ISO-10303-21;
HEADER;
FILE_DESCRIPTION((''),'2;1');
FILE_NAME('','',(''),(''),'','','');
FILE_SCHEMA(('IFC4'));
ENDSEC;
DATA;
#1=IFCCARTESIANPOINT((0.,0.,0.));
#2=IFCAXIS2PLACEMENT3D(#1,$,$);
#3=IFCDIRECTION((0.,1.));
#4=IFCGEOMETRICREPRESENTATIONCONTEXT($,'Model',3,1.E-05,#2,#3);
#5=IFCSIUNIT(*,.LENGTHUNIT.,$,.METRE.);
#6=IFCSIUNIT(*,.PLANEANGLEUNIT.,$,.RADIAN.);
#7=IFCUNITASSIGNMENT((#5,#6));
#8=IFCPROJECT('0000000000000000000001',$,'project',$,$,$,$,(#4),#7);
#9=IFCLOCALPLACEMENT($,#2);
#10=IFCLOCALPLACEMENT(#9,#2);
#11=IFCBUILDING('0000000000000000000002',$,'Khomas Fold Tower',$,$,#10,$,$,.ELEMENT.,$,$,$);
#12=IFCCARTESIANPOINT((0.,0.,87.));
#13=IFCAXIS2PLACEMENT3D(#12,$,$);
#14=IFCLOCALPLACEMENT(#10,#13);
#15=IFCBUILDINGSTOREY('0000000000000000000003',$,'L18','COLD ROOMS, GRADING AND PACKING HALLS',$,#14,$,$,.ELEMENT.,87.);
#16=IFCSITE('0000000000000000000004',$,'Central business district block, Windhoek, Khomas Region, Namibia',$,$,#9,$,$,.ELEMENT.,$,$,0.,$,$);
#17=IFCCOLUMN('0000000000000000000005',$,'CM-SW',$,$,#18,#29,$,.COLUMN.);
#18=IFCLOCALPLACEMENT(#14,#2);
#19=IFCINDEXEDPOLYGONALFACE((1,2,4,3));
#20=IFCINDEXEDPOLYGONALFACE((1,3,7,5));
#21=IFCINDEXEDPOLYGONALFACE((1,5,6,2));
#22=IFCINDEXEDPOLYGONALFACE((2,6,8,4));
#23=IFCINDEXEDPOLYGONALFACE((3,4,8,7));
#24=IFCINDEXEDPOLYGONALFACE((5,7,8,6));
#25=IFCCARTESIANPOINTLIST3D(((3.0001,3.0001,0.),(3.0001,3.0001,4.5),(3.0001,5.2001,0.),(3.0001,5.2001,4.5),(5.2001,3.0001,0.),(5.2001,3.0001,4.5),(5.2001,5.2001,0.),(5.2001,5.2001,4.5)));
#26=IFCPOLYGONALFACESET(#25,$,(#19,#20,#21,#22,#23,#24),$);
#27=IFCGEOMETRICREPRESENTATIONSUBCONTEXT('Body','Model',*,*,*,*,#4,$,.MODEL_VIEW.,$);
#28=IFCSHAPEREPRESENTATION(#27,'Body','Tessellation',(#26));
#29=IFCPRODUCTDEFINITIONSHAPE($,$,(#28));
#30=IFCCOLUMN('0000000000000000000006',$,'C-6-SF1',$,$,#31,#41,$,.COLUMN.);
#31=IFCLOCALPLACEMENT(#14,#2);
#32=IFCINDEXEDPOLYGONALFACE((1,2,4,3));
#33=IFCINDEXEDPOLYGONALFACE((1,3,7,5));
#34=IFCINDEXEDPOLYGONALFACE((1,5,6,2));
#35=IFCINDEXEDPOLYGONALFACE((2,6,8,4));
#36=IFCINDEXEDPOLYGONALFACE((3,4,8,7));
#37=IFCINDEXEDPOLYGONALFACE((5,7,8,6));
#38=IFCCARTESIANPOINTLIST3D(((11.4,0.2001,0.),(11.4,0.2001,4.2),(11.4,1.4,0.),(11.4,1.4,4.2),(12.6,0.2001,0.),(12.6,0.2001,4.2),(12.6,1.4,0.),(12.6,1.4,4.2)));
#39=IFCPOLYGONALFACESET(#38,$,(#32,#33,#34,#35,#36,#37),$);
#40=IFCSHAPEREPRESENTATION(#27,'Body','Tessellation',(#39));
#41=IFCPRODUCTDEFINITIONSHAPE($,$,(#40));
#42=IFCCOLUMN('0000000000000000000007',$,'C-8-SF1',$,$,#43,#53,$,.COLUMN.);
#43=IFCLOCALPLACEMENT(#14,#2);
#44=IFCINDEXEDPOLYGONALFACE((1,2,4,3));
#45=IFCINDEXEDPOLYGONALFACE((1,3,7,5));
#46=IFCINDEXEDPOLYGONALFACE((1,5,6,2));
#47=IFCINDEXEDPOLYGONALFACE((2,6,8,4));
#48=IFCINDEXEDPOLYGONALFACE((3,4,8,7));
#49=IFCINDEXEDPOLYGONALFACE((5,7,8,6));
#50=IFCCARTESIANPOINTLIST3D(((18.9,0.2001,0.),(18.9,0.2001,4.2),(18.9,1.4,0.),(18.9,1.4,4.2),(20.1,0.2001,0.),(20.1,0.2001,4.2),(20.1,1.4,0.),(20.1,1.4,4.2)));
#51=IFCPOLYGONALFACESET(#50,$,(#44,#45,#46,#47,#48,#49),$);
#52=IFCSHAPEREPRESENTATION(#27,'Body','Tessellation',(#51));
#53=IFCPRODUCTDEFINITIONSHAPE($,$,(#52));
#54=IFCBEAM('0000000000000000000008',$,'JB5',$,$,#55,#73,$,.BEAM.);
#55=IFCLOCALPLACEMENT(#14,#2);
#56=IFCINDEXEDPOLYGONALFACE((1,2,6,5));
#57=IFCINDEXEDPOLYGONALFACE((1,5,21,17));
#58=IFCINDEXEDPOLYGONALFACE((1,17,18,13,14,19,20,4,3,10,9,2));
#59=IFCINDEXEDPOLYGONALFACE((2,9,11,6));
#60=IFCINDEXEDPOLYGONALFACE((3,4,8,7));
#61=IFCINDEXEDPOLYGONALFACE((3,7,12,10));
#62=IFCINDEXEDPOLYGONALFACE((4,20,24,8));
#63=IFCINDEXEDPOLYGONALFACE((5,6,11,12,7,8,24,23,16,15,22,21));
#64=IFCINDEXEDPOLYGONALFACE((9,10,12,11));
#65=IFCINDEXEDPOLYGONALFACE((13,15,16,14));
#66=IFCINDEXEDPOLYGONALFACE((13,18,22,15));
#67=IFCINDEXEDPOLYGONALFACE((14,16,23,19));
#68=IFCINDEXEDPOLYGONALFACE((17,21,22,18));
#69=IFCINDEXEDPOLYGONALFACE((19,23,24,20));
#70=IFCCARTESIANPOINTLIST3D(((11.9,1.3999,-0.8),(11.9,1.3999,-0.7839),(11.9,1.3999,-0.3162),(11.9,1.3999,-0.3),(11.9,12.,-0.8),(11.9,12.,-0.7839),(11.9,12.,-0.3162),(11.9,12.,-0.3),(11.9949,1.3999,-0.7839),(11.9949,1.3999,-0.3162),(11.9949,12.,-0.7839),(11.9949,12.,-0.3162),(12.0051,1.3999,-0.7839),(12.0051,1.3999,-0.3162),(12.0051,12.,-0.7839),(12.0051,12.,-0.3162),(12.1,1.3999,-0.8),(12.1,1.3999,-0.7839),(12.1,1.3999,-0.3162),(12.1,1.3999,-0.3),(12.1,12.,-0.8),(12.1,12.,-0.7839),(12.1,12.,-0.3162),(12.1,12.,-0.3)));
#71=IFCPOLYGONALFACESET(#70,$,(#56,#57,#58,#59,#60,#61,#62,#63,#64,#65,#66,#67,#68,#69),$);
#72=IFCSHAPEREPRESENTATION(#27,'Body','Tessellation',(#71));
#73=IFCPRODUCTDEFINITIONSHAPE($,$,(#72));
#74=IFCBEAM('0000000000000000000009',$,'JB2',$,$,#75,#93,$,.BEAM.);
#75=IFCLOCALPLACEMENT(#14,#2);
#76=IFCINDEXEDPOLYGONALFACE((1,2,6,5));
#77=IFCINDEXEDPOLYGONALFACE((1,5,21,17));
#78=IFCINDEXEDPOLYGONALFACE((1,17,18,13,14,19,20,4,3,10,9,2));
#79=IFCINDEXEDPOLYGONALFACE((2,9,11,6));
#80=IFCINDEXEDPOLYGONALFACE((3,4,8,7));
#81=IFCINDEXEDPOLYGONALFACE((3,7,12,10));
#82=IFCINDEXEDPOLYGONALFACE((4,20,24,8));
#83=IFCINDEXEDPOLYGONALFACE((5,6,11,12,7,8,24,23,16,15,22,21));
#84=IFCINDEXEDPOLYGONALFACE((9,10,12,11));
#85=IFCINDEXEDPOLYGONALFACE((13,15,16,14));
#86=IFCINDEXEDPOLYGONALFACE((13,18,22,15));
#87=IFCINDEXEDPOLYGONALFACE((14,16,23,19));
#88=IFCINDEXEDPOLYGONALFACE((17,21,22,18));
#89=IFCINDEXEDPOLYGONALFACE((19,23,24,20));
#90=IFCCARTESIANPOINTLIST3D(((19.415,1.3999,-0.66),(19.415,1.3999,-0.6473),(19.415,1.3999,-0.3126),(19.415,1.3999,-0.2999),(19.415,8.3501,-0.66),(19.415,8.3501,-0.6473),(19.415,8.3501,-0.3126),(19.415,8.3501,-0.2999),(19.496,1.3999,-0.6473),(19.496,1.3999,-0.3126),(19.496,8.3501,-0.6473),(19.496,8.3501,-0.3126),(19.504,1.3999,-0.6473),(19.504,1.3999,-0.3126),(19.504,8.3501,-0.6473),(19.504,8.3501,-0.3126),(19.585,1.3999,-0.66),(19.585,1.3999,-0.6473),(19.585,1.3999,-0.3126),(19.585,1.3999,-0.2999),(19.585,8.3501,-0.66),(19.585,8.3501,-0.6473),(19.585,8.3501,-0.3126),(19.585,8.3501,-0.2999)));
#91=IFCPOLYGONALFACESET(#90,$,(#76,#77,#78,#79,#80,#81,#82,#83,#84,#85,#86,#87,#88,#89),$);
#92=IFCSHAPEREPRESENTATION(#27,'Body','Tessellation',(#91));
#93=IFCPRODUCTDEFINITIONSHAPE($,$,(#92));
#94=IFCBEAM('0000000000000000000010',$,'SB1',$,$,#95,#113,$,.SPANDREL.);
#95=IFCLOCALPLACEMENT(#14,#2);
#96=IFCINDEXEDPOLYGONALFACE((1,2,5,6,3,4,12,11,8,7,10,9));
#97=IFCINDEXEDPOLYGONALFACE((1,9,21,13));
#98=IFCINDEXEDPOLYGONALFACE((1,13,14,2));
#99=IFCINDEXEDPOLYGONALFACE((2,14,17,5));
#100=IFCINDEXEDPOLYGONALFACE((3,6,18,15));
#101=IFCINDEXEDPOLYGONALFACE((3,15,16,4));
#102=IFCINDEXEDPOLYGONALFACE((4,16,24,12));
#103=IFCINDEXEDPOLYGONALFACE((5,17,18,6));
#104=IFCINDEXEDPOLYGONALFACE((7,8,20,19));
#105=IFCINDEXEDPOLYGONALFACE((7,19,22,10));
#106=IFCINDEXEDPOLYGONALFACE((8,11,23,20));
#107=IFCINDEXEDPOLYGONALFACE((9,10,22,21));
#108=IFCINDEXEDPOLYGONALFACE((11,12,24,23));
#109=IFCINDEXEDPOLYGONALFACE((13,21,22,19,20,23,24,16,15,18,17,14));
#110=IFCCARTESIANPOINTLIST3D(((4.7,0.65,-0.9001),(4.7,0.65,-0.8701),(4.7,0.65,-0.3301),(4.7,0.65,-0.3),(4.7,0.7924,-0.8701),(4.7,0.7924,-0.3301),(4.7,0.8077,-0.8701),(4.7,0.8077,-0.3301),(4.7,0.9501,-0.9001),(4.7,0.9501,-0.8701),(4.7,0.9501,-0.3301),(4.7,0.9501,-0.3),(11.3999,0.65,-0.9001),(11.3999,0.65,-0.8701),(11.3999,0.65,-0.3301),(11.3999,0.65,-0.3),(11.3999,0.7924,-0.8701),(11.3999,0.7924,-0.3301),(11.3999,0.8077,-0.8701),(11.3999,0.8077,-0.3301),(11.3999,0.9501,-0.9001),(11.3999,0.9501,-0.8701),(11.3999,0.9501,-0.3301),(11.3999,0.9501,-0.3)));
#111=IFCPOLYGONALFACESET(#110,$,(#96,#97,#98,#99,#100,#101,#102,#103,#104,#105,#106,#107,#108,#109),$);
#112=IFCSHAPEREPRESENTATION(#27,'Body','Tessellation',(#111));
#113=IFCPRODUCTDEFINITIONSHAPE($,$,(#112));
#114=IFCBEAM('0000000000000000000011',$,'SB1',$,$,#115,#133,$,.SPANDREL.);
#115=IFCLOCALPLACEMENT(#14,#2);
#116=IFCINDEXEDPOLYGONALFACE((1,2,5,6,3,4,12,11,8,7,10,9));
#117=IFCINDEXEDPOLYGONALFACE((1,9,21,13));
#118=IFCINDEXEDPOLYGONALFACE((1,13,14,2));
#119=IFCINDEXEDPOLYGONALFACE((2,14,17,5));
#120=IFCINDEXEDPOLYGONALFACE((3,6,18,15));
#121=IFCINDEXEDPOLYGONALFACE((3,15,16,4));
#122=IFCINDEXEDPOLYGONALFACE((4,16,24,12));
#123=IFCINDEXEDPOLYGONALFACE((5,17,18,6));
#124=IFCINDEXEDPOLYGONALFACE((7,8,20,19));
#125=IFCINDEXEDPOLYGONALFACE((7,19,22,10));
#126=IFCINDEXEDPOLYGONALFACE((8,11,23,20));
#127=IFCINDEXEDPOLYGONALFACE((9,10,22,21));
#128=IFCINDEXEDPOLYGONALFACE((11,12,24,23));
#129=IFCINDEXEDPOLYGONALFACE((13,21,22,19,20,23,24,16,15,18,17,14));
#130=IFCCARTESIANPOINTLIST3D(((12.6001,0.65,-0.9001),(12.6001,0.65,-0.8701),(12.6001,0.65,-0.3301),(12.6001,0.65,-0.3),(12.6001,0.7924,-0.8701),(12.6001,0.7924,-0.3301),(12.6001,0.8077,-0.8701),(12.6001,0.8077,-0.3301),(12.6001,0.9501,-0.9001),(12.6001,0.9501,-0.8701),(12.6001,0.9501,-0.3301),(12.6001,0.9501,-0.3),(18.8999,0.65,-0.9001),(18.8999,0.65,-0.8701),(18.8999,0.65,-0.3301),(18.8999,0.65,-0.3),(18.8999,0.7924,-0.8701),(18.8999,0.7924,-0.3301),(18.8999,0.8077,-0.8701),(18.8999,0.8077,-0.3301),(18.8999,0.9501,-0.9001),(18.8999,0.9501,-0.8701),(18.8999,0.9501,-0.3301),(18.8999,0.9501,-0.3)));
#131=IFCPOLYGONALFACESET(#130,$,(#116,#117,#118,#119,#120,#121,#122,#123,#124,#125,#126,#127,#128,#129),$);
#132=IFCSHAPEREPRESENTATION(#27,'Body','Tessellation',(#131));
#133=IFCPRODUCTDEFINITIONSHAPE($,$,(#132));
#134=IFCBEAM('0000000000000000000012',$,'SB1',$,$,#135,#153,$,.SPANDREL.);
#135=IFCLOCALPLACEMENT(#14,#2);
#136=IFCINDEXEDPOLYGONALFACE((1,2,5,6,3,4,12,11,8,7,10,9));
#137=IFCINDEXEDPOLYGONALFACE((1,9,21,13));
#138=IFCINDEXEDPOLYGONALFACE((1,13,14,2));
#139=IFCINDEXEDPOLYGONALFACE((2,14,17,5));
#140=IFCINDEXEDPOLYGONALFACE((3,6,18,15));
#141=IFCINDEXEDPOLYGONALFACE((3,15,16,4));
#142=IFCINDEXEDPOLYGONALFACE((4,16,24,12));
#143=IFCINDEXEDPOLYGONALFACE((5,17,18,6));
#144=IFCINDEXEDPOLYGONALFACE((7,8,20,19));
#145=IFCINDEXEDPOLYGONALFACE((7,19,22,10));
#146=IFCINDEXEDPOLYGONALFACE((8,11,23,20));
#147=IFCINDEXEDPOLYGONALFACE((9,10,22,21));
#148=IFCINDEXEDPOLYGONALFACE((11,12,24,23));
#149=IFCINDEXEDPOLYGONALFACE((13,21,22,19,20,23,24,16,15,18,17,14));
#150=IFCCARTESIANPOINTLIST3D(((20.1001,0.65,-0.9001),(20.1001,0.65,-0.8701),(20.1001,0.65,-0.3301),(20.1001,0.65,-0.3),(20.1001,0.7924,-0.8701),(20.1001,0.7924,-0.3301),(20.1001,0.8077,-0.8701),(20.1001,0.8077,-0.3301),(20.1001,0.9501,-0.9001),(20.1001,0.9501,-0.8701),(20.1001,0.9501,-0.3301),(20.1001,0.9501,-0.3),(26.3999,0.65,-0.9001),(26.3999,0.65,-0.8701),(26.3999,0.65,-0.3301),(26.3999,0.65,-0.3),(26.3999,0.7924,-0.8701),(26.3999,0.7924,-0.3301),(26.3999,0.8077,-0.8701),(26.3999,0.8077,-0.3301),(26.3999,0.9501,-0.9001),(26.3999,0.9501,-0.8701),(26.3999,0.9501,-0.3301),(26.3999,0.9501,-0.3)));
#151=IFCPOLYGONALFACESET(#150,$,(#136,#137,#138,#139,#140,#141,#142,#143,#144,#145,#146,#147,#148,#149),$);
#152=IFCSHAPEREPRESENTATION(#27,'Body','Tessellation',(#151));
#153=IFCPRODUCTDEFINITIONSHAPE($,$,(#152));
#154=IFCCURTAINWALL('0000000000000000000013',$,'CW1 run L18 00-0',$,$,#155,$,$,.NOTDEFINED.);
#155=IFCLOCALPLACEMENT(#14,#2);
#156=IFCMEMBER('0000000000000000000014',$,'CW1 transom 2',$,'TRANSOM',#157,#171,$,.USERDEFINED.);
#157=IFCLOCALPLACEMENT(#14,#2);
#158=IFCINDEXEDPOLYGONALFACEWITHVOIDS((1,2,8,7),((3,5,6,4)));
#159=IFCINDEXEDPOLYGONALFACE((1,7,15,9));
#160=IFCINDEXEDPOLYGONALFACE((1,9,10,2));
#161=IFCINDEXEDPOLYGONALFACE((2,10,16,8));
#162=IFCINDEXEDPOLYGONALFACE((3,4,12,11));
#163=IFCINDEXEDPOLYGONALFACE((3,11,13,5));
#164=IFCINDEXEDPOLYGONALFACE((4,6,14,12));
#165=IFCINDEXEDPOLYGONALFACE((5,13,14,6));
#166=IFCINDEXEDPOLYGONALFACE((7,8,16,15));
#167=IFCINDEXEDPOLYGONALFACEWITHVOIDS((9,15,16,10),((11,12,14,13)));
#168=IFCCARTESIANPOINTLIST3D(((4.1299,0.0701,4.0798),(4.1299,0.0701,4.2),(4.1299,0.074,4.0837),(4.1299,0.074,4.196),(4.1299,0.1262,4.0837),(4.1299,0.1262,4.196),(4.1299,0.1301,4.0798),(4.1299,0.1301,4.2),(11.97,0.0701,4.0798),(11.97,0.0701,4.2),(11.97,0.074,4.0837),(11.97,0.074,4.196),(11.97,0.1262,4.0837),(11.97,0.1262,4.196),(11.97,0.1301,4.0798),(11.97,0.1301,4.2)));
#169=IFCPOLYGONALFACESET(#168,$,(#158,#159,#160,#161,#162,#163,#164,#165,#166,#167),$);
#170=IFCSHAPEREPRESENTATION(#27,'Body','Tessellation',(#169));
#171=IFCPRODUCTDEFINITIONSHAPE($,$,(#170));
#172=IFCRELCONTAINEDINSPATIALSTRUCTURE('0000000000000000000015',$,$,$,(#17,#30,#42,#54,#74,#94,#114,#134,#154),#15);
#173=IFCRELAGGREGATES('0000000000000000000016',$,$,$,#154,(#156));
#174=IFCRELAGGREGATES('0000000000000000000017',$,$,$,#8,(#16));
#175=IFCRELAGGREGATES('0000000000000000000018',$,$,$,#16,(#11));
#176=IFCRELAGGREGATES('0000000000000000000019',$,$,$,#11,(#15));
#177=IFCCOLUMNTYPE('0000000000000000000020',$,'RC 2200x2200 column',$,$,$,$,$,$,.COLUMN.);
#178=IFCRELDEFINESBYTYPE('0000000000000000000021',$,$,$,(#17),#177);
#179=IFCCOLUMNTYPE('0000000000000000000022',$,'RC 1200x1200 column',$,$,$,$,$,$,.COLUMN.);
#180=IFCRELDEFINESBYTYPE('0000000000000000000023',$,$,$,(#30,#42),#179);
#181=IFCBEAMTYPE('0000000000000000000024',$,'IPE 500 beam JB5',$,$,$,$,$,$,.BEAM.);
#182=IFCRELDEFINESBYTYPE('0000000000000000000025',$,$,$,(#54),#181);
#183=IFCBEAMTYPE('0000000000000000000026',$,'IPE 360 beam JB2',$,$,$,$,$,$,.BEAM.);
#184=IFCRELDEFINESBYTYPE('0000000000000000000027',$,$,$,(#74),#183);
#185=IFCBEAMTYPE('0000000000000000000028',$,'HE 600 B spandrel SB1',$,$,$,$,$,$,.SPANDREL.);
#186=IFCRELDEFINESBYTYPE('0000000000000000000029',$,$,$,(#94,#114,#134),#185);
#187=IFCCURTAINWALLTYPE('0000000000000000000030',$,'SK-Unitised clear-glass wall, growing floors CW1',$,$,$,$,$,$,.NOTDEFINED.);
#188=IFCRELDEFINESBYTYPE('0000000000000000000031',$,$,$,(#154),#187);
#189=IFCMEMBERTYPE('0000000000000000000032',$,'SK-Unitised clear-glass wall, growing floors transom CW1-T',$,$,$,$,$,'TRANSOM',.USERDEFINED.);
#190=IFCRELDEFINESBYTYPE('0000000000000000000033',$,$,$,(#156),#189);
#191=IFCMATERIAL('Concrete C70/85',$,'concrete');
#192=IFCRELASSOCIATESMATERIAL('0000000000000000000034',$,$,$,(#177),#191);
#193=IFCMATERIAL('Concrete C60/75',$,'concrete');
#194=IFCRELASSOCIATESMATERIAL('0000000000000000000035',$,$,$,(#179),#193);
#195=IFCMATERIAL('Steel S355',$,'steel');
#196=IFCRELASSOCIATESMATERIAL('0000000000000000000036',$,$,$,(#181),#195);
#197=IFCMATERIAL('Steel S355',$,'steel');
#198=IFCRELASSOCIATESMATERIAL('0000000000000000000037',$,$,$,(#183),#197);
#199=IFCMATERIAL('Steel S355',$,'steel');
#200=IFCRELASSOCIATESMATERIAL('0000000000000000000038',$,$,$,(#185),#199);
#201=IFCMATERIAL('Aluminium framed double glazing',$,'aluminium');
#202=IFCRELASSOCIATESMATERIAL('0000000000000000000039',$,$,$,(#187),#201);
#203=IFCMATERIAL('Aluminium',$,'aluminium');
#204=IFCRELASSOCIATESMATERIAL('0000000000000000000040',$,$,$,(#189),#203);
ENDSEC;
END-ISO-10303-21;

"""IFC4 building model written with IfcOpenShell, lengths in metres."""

from ifc_helpers import new_model, si_unit, direction, frame, origin, origin_2d, place, context, subcontext, project, spatial, rectangle, hollow_rectangle, i_section, extrude, source, transform, mapped, material, material_profile, profile_set, type_object, element, aggregate, save


model = new_model("IFC4")

# Units and contexts
model_context = context("Model", 3, precision=1e-05, world=origin(), true_north=direction((0.0, 1.0)))
body_context = subcontext(model_context, "Body", "Model", "MODEL_VIEW")
ifc_project = project(units=[si_unit("LENGTHUNIT", "METRE"), si_unit("PLANEANGLEUNIT", "RADIAN")], contexts=[model_context])

# Site, building, storey
site_placement = place(None, origin())
site = spatial("IfcSite", under=ifc_project, at=site_placement, Name="Central business district block, Windhoek, Khomas Region, Namibia", CompositionType="ELEMENT", RefElevation=0.0)
building_placement = place(site_placement, origin())
building = spatial("IfcBuilding", under=site, at=building_placement, Name="Khomas Fold Tower", CompositionType="ELEMENT")
storey_placement = place(building_placement, frame((0.0, 0.0, 87.0)))
storey = spatial("IfcBuildingStorey", under=building, at=storey_placement, Name="L18", Description="COLD ROOMS, GRADING AND PACKING HALLS", CompositionType="ELEMENT", Elevation=87.0)

# Columns
ifc_material_1 = material(Name="Concrete C70/85", Category="concrete")
ifc_material_profile_1 = material_profile(ifc_material_1, rectangle(XDim=2.2, YDim=2.2, at=origin_2d()), Name="RC 2200x2200")
ifc_profile_set_1 = profile_set([ifc_material_profile_1], Name="Concrete C70/85")
column_type_1 = type_object("IfcColumnType", Name="RC 2200x2200 column", PredefinedType="COLUMN", material=ifc_profile_set_1)
shared_shape_1 = source(origin(), body_context, "Body", "SweptSolid", [
    extrude(rectangle(XDim=2.2, YDim=2.2, at=origin_2d()), origin(), (0.0, 0.0, 1.0), 4.5),
])
column_placement = place(storey_placement, frame((4.1001, 4.1001, 0.0), z_axis=(0.0, 0.0, 1.0), x_axis=(1.0, 0.0, 0.0)))
element("IfcColumn", 1, at=column_placement, inside=storey, type_object=column_type_1, Name="CM-SW", PredefinedType="COLUMN", context=body_context, shape_type="MappedRepresentation", body=[
    mapped(shared_shape_1, transform((0.0, 0.0, 0.0))),
])
ifc_material_2 = material(Name="Concrete C60/75", Category="concrete")
ifc_material_profile_2 = material_profile(ifc_material_2, rectangle(XDim=1.2, YDim=1.2, at=origin_2d()), Name="RC 1200x1200")
ifc_profile_set_2 = profile_set([ifc_material_profile_2], Name="Concrete C60/75")
column_type_2 = type_object("IfcColumnType", Name="RC 1200x1200 column", PredefinedType="COLUMN", material=ifc_profile_set_2)
shared_shape_2 = source(origin(), body_context, "Body", "SweptSolid", [
    extrude(rectangle(XDim=1.2, YDim=1.2, at=origin_2d()), origin(), (0.0, 0.0, 1.0), 4.2),
])
for number, where, z_axis, x_axis, name in (
    (2, (12.0, 0.8, 0.0), (0.0, 0.0, 1.0), (1.0, 0.0, 0.0), "C-6-SF1"),
    (3, (19.5, 0.8, 0.0), (0.0, 0.0, 1.0), (1.0, 0.0, 0.0), "C-8-SF1"),
):
    element("IfcColumn", number, at=place(storey_placement, frame(where, z_axis=z_axis, x_axis=x_axis)), inside=storey, type_object=column_type_2, Name=name, PredefinedType="COLUMN", context=body_context, shape_type="MappedRepresentation", body=[
        mapped(shared_shape_2, transform((0.0, 0.0, 0.0))),
    ])

# Beams
ifc_material_3 = material(Name="Steel S355", Category="steel")
ifc_material_profile_3 = material_profile(ifc_material_3, i_section(OverallWidth=0.2, OverallDepth=0.5, WebThickness=0.0103, FlangeThickness=0.0161, at=origin_2d()), Name="IPE 500")
ifc_profile_set_3 = profile_set([ifc_material_profile_3], Name="Steel S355")
beam_type_1 = type_object("IfcBeamType", Name="IPE 500 beam JB5", PredefinedType="BEAM", material=ifc_profile_set_3)
shared_shape_3 = source(origin(), body_context, "Body", "SweptSolid", [
    extrude(i_section(OverallWidth=0.2, OverallDepth=0.5, WebThickness=0.0103, FlangeThickness=0.0161, at=origin_2d()), origin(), (0.0, 0.0, 1.0), 10.6001),
])
beam_1_placement = place(storey_placement, frame((12.0, 1.3999, -0.55), z_axis=(0.0, 1.0, 0.0), x_axis=(-1.0, 0.0, 0.0)))
element("IfcBeam", 4, at=beam_1_placement, inside=storey, type_object=beam_type_1, Name="JB5", PredefinedType="BEAM", context=body_context, shape_type="MappedRepresentation", body=[
    mapped(shared_shape_3, transform((0.0, 0.0, 0.0))),
])
ifc_material_4 = material(Name="Steel S355", Category="steel")
ifc_material_profile_4 = material_profile(ifc_material_4, i_section(OverallWidth=0.1699, OverallDepth=0.3601, WebThickness=0.0081, FlangeThickness=0.0127, at=origin_2d()), Name="IPE 360")
ifc_profile_set_4 = profile_set([ifc_material_profile_4], Name="Steel S355")
beam_type_2 = type_object("IfcBeamType", Name="IPE 360 beam JB2", PredefinedType="BEAM", material=ifc_profile_set_4)
shared_shape_4 = source(origin(), body_context, "Body", "SweptSolid", [
    extrude(i_section(OverallWidth=0.1699, OverallDepth=0.3601, WebThickness=0.0081, FlangeThickness=0.0127, at=origin_2d()), origin(), (0.0, 0.0, 1.0), 6.9502),
])
beam_2_placement = place(storey_placement, frame((19.5, 1.3999, -0.48), z_axis=(0.0, 1.0, 0.0), x_axis=(-1.0, 0.0, 0.0)))
element("IfcBeam", 5, at=beam_2_placement, inside=storey, type_object=beam_type_2, Name="JB2", PredefinedType="BEAM", context=body_context, shape_type="MappedRepresentation", body=[
    mapped(shared_shape_4, transform((0.0, 0.0, 0.0))),
])
ifc_material_5 = material(Name="Steel S355", Category="steel")
ifc_material_profile_5 = material_profile(ifc_material_5, i_section(OverallWidth=0.3, OverallDepth=0.6001, WebThickness=0.0154, FlangeThickness=0.03, at=origin_2d()), Name="HE 600 B")
ifc_profile_set_5 = profile_set([ifc_material_profile_5], Name="Steel S355")
beam_type_3 = type_object("IfcBeamType", Name="HE 600 B spandrel SB1", PredefinedType="SPANDREL", material=ifc_profile_set_5)
shared_shape_5 = source(origin(), body_context, "Body", "SweptSolid", [
    extrude(i_section(OverallWidth=0.3, OverallDepth=0.6001, WebThickness=0.0154, FlangeThickness=0.03, at=origin_2d()), origin(), (0.0, 0.0, 1.0), 6.7),
])
beam_3_placement = place(storey_placement, frame((4.7, 0.8, -0.6001), z_axis=(1.0, 0.0, 0.0), x_axis=(0.0, 1.0, 0.0)))
element("IfcBeam", 6, at=beam_3_placement, inside=storey, type_object=beam_type_3, Name="SB1", PredefinedType="SPANDREL", context=body_context, shape_type="MappedRepresentation", body=[
    mapped(shared_shape_5, transform((0.0, 0.0, 0.0))),
])
shared_shape_6 = source(origin(), body_context, "Body", "SweptSolid", [
    extrude(i_section(OverallWidth=0.3, OverallDepth=0.6001, WebThickness=0.0154, FlangeThickness=0.03, at=origin_2d()), origin(), (0.0, 0.0, 1.0), 6.2998),
])
for number, where, z_axis, x_axis, name in (
    (7, (12.6001, 0.8, -0.6001), (1.0, 0.0, 0.0), (0.0, 1.0, 0.0), "SB1"),
    (8, (20.1001, 0.8, -0.6001), (1.0, 0.0, 0.0), (0.0, 1.0, 0.0), "SB1"),
):
    element("IfcBeam", number, at=place(storey_placement, frame(where, z_axis=z_axis, x_axis=x_axis)), inside=storey, type_object=beam_type_3, Name=name, PredefinedType="SPANDREL", context=body_context, shape_type="MappedRepresentation", body=[
        mapped(shared_shape_6, transform((0.0, 0.0, 0.0))),
    ])

# Curtain wall, member
ifc_material_6 = material(Name="Aluminium framed double glazing", Category="aluminium")
curtain_wall_type = type_object("IfcCurtainWallType", Name="SK-Unitised clear-glass wall, growing floors CW1", PredefinedType="NOTDEFINED", material=ifc_material_6)
curtain_wall_placement = place(storey_placement, origin())
curtain_wall = element("IfcCurtainWall", 9, at=curtain_wall_placement, inside=storey, type_object=curtain_wall_type, Name="CW1 run L18 00-0", PredefinedType="NOTDEFINED")
ifc_material_7 = material(Name="Aluminium", Category="aluminium")
ifc_material_profile_6 = material_profile(ifc_material_7, hollow_rectangle(XDim=0.0601, YDim=0.1201, WallThickness=0.0039, at=origin_2d()), Name="SK-Unitised clear-glass wall, growing floors transom CW1-T")
ifc_profile_set_6 = profile_set([ifc_material_profile_6], Name="Aluminium")
member_type_1 = type_object("IfcMemberType", Name="SK-Unitised clear-glass wall, growing floors transom CW1-T", ElementType="TRANSOM", PredefinedType="USERDEFINED", material=ifc_profile_set_6)
shared_shape_7 = source(origin(), body_context, "Body", "SweptSolid", [
    extrude(hollow_rectangle(XDim=0.0601, YDim=0.1201, WallThickness=0.0039, at=origin_2d()), origin(), (0.0, 0.0, 1.0), 7.8401),
])
member_1_placement = place(storey_placement, frame((4.1299, 0.1001, 4.1399), z_axis=(1.0, 0.0, 0.0), x_axis=(0.0, 1.0, 0.0)))
member_1 = element("IfcMember", 10, at=member_1_placement, type_object=member_type_1, Name="CW1 transom 2", ObjectType="TRANSOM", PredefinedType="USERDEFINED", context=body_context, shape_type="MappedRepresentation", body=[
    mapped(shared_shape_7, transform((0.0, 0.0, 0.0))),
])

aggregate(curtain_wall, [member_1])

save(model, "model.ifc")
